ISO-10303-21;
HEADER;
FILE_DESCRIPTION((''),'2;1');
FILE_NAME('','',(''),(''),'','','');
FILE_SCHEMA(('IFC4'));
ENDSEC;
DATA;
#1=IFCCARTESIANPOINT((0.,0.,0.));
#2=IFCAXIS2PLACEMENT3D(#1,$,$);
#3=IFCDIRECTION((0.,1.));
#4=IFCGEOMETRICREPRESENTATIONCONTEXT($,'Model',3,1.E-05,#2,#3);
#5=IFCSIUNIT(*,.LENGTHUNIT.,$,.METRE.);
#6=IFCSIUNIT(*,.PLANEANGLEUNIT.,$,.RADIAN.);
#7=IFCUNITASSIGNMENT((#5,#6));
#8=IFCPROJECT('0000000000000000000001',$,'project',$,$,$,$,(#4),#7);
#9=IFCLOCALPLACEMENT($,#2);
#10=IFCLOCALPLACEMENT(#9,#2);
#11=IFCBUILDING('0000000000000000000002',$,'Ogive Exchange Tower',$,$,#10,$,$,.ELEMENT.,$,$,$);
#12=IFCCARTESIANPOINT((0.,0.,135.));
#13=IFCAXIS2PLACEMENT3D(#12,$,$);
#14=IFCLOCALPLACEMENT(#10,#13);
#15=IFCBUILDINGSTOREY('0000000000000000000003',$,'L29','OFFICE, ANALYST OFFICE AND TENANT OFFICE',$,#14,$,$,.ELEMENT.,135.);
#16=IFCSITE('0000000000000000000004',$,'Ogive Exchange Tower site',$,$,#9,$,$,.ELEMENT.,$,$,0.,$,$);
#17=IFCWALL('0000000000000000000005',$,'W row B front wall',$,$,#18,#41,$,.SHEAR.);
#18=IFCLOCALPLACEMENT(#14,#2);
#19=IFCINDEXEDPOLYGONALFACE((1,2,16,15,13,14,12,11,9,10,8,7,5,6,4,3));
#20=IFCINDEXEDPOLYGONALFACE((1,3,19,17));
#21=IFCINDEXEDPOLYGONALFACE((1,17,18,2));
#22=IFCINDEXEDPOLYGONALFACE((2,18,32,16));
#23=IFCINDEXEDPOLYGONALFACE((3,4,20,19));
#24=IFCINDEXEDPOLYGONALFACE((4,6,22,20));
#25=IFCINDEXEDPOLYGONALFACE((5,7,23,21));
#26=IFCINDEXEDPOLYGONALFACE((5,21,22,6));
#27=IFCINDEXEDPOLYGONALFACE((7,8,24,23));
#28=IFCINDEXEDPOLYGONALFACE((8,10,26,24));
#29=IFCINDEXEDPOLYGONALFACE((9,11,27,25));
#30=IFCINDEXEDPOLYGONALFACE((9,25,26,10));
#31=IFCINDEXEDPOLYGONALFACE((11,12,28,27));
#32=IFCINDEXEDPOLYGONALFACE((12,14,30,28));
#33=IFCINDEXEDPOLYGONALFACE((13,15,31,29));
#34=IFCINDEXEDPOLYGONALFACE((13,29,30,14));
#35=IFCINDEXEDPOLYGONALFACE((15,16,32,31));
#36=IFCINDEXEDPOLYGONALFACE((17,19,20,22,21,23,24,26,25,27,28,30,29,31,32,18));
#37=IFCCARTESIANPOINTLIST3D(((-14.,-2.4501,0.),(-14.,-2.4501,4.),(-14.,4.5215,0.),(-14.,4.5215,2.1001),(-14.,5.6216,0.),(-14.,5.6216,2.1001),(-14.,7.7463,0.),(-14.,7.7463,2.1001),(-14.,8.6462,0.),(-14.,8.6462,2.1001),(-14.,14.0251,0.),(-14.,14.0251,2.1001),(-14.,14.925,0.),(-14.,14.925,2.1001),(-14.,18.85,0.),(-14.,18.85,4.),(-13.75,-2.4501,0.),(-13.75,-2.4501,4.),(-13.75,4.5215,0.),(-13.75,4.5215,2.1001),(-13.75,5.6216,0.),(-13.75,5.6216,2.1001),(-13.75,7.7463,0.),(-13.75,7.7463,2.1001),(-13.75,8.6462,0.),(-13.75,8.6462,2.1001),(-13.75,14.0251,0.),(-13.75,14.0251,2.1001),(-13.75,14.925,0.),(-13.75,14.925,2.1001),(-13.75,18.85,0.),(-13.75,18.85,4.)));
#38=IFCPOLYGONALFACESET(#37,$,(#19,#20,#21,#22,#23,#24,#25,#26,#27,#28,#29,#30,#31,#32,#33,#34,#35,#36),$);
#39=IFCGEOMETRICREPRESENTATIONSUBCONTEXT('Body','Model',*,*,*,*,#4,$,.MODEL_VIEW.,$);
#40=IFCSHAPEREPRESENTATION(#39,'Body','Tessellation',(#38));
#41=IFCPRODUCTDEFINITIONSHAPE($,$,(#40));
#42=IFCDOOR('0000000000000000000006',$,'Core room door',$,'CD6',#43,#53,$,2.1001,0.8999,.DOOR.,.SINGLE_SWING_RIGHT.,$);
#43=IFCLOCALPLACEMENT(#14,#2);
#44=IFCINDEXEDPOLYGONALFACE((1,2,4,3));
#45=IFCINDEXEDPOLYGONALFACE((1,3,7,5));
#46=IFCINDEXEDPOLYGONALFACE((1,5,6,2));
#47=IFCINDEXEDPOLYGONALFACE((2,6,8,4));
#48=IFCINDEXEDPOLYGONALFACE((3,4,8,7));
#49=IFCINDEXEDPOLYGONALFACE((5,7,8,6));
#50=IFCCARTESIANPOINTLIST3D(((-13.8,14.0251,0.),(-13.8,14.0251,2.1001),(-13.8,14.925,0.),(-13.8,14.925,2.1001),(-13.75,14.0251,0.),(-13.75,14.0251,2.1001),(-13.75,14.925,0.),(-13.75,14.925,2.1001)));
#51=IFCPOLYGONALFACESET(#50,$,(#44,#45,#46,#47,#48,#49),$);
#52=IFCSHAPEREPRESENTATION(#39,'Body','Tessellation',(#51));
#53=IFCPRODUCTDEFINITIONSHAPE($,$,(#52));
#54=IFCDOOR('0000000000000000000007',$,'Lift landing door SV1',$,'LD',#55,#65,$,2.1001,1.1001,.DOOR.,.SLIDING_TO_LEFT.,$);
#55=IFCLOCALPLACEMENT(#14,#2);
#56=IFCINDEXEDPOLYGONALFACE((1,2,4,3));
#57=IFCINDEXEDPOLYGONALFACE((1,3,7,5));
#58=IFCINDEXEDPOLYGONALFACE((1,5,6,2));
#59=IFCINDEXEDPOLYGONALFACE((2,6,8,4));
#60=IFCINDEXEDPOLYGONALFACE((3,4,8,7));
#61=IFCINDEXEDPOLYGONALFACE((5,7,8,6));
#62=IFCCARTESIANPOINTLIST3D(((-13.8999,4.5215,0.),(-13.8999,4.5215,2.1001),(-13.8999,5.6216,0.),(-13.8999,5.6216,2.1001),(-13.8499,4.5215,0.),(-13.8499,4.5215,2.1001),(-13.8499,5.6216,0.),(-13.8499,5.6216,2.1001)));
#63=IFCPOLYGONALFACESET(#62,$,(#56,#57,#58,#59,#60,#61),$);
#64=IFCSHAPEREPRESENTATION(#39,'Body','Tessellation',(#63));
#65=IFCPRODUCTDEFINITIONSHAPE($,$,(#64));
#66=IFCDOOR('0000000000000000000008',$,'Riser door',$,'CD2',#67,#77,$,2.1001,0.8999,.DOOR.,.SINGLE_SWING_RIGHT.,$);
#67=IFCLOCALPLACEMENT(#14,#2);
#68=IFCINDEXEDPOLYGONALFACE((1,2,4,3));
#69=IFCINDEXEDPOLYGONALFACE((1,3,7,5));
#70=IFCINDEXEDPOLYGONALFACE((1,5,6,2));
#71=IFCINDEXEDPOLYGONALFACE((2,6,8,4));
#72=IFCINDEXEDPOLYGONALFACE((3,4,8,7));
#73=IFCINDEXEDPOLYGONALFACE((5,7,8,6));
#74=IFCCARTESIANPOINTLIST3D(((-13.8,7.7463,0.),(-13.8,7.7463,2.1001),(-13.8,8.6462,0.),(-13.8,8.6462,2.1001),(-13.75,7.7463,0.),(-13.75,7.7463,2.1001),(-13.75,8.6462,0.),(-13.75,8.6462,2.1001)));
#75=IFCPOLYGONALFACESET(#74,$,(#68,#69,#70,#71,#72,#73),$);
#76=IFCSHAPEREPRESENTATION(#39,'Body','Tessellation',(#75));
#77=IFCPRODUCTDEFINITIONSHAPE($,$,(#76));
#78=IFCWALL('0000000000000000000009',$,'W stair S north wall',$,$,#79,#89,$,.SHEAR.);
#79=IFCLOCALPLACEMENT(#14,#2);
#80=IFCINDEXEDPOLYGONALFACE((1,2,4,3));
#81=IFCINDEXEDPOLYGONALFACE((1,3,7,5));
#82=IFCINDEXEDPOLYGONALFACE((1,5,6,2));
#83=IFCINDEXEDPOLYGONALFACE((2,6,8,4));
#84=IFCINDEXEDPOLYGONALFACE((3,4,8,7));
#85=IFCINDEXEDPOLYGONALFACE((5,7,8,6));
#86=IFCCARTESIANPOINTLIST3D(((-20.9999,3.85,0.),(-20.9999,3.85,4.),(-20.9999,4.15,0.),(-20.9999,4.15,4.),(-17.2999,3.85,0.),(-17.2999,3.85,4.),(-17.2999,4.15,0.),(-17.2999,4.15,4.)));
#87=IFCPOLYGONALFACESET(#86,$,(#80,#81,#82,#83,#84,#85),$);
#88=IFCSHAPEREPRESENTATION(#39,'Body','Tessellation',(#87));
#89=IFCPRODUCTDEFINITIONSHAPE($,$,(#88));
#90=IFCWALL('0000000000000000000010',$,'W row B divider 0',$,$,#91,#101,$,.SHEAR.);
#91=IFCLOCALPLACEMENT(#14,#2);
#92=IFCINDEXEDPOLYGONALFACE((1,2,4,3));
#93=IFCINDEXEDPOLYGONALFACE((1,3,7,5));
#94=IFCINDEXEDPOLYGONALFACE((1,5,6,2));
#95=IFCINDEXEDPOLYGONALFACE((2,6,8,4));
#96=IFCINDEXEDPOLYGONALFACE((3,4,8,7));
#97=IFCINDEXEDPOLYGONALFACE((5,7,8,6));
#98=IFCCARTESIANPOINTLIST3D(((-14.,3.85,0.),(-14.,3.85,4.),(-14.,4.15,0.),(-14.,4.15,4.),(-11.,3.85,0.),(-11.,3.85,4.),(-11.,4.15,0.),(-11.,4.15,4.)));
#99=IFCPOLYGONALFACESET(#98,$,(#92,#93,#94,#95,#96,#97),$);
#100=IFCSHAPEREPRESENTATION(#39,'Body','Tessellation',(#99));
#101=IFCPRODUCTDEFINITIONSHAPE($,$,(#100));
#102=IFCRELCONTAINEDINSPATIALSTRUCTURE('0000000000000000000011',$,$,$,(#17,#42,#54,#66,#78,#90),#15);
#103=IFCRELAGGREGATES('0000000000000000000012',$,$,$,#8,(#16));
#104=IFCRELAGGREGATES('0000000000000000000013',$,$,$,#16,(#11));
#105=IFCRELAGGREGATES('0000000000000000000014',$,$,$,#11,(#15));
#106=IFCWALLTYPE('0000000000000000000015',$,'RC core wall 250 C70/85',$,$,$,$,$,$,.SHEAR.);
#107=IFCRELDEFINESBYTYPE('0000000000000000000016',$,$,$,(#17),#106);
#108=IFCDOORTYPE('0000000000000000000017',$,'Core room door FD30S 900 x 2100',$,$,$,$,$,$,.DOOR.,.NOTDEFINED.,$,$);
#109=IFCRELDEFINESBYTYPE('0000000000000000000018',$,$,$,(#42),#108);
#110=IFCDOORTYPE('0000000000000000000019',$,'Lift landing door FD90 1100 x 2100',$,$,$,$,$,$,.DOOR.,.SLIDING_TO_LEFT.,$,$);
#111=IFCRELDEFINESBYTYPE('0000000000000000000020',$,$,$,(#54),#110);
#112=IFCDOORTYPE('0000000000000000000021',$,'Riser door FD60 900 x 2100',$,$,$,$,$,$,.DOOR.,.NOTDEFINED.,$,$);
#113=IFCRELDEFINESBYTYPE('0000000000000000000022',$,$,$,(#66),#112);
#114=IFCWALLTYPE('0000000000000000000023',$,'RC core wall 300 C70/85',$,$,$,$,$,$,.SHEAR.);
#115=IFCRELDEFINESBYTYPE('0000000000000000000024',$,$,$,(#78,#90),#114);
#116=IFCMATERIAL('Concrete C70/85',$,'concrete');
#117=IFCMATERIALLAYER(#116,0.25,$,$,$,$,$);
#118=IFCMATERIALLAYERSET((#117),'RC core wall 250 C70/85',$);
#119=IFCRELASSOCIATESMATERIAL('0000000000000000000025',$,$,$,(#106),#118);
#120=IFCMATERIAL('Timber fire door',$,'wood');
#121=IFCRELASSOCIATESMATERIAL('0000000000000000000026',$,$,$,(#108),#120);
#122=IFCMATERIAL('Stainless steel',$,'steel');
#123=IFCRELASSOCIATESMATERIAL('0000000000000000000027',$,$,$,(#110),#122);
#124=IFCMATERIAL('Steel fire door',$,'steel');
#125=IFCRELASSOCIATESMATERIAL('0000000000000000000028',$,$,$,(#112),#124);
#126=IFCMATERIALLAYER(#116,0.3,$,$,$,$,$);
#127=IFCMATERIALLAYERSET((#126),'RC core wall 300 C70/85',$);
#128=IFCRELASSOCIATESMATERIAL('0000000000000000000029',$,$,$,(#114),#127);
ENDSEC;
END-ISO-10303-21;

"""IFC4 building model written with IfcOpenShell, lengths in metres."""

from ifc_helpers import new_model, si_unit, direction, frame, frame_2d, origin, place, context, subcontext, project, spatial, rectangle, extrude, material, layer, layer_set, type_object, element, fill, save


model = new_model("IFC4")

# Units and contexts
model_context = context("Model", 3, precision=1e-05, world=origin(), true_north=direction((0.0, 1.0)))
body_context = subcontext(model_context, "Body", "Model", "MODEL_VIEW")
ifc_project = project(units=[si_unit("LENGTHUNIT", "METRE"), si_unit("PLANEANGLEUNIT", "RADIAN")], contexts=[model_context])

# Site, building, storey
site_placement = place(None, origin())
site = spatial("IfcSite", under=ifc_project, at=site_placement, Name="Ogive Exchange Tower site", CompositionType="ELEMENT", RefElevation=0.0)
building_placement = place(site_placement, origin())
building = spatial("IfcBuilding", under=site, at=building_placement, Name="Ogive Exchange Tower", CompositionType="ELEMENT")
storey_placement = place(building_placement, frame((0.0, 0.0, 135.0)))
storey = spatial("IfcBuildingStorey", under=building, at=storey_placement, Name="L29", Description="OFFICE, ANALYST OFFICE AND TENANT OFFICE", CompositionType="ELEMENT", Elevation=135.0)

# Shared definitions
ifc_material_1 = material(Name="Concrete C70/85", Category="concrete")
ifc_layer_1 = layer(ifc_material_1, 0.25)
ifc_layer_set_1 = layer_set([ifc_layer_1], Name="RC core wall 250 C70/85")
wall_type_1 = type_object("IfcWallType", Name="RC core wall 250 C70/85", PredefinedType="SHEAR", material=ifc_layer_set_1)
ifc_material_2 = material(Name="Steel fire door", Category="steel")

# Wall, openings, doors
wall_1_placement = place(storey_placement, frame((-13.875, -2.45, 0.0), z_axis=(0.0, 0.0, 1.0), x_axis=(0.0, 1.0, 0.0)))
wall_1 = element("IfcWall", 1, at=wall_1_placement, inside=storey, type_object=wall_type_1, Name="W row B front wall", PredefinedType="SHEAR", context=body_context, shape_type="SweptSolid", body=[
    extrude(rectangle(XDim=21.3, YDim=0.25, at=frame_2d((10.6499, 0.0))), origin(), (0.0, 0.0, 1.0), 4.0),
])
opening_1_placement = place(wall_1_placement, frame((10.1963, 0.0, 0.0)))
opening_1 = element("IfcOpeningElement", 2, at=opening_1_placement, cuts=wall_1, PredefinedType="OPENING", context=body_context, shape_type="SweptSolid", body=[
    extrude(rectangle(XDim=0.8999, YDim=2.1001, at=frame_2d((0.45, 1.05))), frame((0.0, 0.135, 0.0), z_axis=(0.0, -1.0, 0.0), x_axis=(1.0, 0.0, 0.0)), (0.0, 0.0, 1.0), 0.27),
])
opening_2_placement = place(wall_1_placement, frame((16.4751, 0.0, 0.0)))
opening_2 = element("IfcOpeningElement", 3, at=opening_2_placement, cuts=wall_1, PredefinedType="OPENING", context=body_context, shape_type="SweptSolid", body=[
    extrude(rectangle(XDim=0.8999, YDim=2.1001, at=frame_2d((0.45, 1.05))), frame((0.0, 0.135, 0.0), z_axis=(0.0, -1.0, 0.0), x_axis=(1.0, 0.0, 0.0)), (0.0, 0.0, 1.0), 0.27),
])
opening_3_placement = place(wall_1_placement, frame((6.9714, 0.0, 0.0)))
opening_3 = element("IfcOpeningElement", 4, at=opening_3_placement, cuts=wall_1, PredefinedType="OPENING", context=body_context, shape_type="SweptSolid", body=[
    extrude(rectangle(XDim=1.1001, YDim=2.1001, at=frame_2d((0.55, 1.05))), frame((0.0, 0.135, 0.0), z_axis=(0.0, -1.0, 0.0), x_axis=(1.0, 0.0, 0.0)), (0.0, 0.0, 1.0), 0.27),
])
ifc_material_3 = material(Name="Timber fire door", Category="wood")
door_type_1 = type_object("IfcDoorType", Name="Core room door FD30S 900 x 2100", OperationType="NOTDEFINED", PredefinedType="DOOR", material=ifc_material_3)
door_1_placement = place(opening_2_placement, frame((0.8999, -0.2002, 0.0), z_axis=(0.0, 0.0, 1.0), x_axis=(-1.0, 0.0, 0.0)))
door_1 = element("IfcDoor", 5, at=door_1_placement, inside=storey, type_object=door_type_1, Name="Core room door", ObjectType="CD6", OperationType="SINGLE_SWING_RIGHT", OverallHeight=2.1001, OverallWidth=0.8999, PredefinedType="DOOR", context=body_context, shape_type="SweptSolid", body=[
    extrude(rectangle(XDim=0.8999, YDim=2.1001, at=frame_2d((0.45, 1.05))), frame((0.0, -0.0752, 0.0), z_axis=(0.0, -1.0, 0.0), x_axis=(1.0, 0.0, 0.0)), (0.0, 0.0, 1.0), 0.05),
])
fill(opening_2, door_1)
ifc_material_4 = material(Name="Stainless steel", Category="steel")
door_type_2 = type_object("IfcDoorType", Name="Lift landing door FD90 1100 x 2100", OperationType="SLIDING_TO_LEFT", PredefinedType="DOOR", material=ifc_material_4)
door_2_placement = place(opening_3_placement, origin())
door_2 = element("IfcDoor", 6, at=door_2_placement, inside=storey, type_object=door_type_2, Name="Lift landing door SV1", ObjectType="LD", OperationType="SLIDING_TO_LEFT", OverallHeight=2.1001, OverallWidth=1.1001, PredefinedType="DOOR", context=body_context, shape_type="SweptSolid", body=[
    extrude(rectangle(XDim=1.1001, YDim=2.1001, at=frame_2d((0.55, 1.05))), frame((0.0, 0.0249, 0.0), z_axis=(0.0, -1.0, 0.0), x_axis=(1.0, 0.0, 0.0)), (0.0, 0.0, 1.0), 0.05),
])
fill(opening_3, door_2)
door_type_3 = type_object("IfcDoorType", Name="Riser door FD60 900 x 2100", OperationType="NOTDEFINED", PredefinedType="DOOR", material=ifc_material_2)
door_3_placement = place(opening_1_placement, frame((0.8999, -0.2002, 0.0), z_axis=(0.0, 0.0, 1.0), x_axis=(-1.0, 0.0, 0.0)))
door_3 = element("IfcDoor", 7, at=door_3_placement, inside=storey, type_object=door_type_3, Name="Riser door", ObjectType="CD2", OperationType="SINGLE_SWING_RIGHT", OverallHeight=2.1001, OverallWidth=0.8999, PredefinedType="DOOR", context=body_context, shape_type="SweptSolid", body=[
    extrude(rectangle(XDim=0.8999, YDim=2.1001, at=frame_2d((0.45, 1.05))), frame((0.0, -0.0752, 0.0), z_axis=(0.0, -1.0, 0.0), x_axis=(1.0, 0.0, 0.0)), (0.0, 0.0, 1.0), 0.05),
])
fill(opening_1, door_3)

# Walls
ifc_layer_2 = layer(ifc_material_1, 0.3)
ifc_layer_set_2 = layer_set([ifc_layer_2], Name="RC core wall 300 C70/85")
wall_type_2 = type_object("IfcWallType", Name="RC core wall 300 C70/85", PredefinedType="SHEAR", material=ifc_layer_set_2)
wall_2_placement = place(storey_placement, frame((-21.0, 4.0, 0.0), z_axis=(0.0, 0.0, 1.0), x_axis=(1.0, 0.0, 0.0)))
element("IfcWall", 8, at=wall_2_placement, inside=storey, type_object=wall_type_2, Name="W stair S north wall", PredefinedType="SHEAR", context=body_context, shape_type="SweptSolid", body=[
    extrude(rectangle(XDim=3.7, YDim=0.3, at=frame_2d((1.8501, 0.0))), origin(), (0.0, 0.0, 1.0), 4.0),
])
wall_3_placement = place(storey_placement, frame((-14.0, 4.0, 0.0), z_axis=(0.0, 0.0, 1.0), x_axis=(1.0, 0.0, 0.0)))
element("IfcWall", 9, at=wall_3_placement, inside=storey, type_object=wall_type_2, Name="W row B divider 0", PredefinedType="SHEAR", context=body_context, shape_type="SweptSolid", body=[
    extrude(rectangle(XDim=3.0, YDim=0.3, at=frame_2d((1.5, 0.0))), origin(), (0.0, 0.0, 1.0), 4.0),
])

save(model, "model.ifc")
